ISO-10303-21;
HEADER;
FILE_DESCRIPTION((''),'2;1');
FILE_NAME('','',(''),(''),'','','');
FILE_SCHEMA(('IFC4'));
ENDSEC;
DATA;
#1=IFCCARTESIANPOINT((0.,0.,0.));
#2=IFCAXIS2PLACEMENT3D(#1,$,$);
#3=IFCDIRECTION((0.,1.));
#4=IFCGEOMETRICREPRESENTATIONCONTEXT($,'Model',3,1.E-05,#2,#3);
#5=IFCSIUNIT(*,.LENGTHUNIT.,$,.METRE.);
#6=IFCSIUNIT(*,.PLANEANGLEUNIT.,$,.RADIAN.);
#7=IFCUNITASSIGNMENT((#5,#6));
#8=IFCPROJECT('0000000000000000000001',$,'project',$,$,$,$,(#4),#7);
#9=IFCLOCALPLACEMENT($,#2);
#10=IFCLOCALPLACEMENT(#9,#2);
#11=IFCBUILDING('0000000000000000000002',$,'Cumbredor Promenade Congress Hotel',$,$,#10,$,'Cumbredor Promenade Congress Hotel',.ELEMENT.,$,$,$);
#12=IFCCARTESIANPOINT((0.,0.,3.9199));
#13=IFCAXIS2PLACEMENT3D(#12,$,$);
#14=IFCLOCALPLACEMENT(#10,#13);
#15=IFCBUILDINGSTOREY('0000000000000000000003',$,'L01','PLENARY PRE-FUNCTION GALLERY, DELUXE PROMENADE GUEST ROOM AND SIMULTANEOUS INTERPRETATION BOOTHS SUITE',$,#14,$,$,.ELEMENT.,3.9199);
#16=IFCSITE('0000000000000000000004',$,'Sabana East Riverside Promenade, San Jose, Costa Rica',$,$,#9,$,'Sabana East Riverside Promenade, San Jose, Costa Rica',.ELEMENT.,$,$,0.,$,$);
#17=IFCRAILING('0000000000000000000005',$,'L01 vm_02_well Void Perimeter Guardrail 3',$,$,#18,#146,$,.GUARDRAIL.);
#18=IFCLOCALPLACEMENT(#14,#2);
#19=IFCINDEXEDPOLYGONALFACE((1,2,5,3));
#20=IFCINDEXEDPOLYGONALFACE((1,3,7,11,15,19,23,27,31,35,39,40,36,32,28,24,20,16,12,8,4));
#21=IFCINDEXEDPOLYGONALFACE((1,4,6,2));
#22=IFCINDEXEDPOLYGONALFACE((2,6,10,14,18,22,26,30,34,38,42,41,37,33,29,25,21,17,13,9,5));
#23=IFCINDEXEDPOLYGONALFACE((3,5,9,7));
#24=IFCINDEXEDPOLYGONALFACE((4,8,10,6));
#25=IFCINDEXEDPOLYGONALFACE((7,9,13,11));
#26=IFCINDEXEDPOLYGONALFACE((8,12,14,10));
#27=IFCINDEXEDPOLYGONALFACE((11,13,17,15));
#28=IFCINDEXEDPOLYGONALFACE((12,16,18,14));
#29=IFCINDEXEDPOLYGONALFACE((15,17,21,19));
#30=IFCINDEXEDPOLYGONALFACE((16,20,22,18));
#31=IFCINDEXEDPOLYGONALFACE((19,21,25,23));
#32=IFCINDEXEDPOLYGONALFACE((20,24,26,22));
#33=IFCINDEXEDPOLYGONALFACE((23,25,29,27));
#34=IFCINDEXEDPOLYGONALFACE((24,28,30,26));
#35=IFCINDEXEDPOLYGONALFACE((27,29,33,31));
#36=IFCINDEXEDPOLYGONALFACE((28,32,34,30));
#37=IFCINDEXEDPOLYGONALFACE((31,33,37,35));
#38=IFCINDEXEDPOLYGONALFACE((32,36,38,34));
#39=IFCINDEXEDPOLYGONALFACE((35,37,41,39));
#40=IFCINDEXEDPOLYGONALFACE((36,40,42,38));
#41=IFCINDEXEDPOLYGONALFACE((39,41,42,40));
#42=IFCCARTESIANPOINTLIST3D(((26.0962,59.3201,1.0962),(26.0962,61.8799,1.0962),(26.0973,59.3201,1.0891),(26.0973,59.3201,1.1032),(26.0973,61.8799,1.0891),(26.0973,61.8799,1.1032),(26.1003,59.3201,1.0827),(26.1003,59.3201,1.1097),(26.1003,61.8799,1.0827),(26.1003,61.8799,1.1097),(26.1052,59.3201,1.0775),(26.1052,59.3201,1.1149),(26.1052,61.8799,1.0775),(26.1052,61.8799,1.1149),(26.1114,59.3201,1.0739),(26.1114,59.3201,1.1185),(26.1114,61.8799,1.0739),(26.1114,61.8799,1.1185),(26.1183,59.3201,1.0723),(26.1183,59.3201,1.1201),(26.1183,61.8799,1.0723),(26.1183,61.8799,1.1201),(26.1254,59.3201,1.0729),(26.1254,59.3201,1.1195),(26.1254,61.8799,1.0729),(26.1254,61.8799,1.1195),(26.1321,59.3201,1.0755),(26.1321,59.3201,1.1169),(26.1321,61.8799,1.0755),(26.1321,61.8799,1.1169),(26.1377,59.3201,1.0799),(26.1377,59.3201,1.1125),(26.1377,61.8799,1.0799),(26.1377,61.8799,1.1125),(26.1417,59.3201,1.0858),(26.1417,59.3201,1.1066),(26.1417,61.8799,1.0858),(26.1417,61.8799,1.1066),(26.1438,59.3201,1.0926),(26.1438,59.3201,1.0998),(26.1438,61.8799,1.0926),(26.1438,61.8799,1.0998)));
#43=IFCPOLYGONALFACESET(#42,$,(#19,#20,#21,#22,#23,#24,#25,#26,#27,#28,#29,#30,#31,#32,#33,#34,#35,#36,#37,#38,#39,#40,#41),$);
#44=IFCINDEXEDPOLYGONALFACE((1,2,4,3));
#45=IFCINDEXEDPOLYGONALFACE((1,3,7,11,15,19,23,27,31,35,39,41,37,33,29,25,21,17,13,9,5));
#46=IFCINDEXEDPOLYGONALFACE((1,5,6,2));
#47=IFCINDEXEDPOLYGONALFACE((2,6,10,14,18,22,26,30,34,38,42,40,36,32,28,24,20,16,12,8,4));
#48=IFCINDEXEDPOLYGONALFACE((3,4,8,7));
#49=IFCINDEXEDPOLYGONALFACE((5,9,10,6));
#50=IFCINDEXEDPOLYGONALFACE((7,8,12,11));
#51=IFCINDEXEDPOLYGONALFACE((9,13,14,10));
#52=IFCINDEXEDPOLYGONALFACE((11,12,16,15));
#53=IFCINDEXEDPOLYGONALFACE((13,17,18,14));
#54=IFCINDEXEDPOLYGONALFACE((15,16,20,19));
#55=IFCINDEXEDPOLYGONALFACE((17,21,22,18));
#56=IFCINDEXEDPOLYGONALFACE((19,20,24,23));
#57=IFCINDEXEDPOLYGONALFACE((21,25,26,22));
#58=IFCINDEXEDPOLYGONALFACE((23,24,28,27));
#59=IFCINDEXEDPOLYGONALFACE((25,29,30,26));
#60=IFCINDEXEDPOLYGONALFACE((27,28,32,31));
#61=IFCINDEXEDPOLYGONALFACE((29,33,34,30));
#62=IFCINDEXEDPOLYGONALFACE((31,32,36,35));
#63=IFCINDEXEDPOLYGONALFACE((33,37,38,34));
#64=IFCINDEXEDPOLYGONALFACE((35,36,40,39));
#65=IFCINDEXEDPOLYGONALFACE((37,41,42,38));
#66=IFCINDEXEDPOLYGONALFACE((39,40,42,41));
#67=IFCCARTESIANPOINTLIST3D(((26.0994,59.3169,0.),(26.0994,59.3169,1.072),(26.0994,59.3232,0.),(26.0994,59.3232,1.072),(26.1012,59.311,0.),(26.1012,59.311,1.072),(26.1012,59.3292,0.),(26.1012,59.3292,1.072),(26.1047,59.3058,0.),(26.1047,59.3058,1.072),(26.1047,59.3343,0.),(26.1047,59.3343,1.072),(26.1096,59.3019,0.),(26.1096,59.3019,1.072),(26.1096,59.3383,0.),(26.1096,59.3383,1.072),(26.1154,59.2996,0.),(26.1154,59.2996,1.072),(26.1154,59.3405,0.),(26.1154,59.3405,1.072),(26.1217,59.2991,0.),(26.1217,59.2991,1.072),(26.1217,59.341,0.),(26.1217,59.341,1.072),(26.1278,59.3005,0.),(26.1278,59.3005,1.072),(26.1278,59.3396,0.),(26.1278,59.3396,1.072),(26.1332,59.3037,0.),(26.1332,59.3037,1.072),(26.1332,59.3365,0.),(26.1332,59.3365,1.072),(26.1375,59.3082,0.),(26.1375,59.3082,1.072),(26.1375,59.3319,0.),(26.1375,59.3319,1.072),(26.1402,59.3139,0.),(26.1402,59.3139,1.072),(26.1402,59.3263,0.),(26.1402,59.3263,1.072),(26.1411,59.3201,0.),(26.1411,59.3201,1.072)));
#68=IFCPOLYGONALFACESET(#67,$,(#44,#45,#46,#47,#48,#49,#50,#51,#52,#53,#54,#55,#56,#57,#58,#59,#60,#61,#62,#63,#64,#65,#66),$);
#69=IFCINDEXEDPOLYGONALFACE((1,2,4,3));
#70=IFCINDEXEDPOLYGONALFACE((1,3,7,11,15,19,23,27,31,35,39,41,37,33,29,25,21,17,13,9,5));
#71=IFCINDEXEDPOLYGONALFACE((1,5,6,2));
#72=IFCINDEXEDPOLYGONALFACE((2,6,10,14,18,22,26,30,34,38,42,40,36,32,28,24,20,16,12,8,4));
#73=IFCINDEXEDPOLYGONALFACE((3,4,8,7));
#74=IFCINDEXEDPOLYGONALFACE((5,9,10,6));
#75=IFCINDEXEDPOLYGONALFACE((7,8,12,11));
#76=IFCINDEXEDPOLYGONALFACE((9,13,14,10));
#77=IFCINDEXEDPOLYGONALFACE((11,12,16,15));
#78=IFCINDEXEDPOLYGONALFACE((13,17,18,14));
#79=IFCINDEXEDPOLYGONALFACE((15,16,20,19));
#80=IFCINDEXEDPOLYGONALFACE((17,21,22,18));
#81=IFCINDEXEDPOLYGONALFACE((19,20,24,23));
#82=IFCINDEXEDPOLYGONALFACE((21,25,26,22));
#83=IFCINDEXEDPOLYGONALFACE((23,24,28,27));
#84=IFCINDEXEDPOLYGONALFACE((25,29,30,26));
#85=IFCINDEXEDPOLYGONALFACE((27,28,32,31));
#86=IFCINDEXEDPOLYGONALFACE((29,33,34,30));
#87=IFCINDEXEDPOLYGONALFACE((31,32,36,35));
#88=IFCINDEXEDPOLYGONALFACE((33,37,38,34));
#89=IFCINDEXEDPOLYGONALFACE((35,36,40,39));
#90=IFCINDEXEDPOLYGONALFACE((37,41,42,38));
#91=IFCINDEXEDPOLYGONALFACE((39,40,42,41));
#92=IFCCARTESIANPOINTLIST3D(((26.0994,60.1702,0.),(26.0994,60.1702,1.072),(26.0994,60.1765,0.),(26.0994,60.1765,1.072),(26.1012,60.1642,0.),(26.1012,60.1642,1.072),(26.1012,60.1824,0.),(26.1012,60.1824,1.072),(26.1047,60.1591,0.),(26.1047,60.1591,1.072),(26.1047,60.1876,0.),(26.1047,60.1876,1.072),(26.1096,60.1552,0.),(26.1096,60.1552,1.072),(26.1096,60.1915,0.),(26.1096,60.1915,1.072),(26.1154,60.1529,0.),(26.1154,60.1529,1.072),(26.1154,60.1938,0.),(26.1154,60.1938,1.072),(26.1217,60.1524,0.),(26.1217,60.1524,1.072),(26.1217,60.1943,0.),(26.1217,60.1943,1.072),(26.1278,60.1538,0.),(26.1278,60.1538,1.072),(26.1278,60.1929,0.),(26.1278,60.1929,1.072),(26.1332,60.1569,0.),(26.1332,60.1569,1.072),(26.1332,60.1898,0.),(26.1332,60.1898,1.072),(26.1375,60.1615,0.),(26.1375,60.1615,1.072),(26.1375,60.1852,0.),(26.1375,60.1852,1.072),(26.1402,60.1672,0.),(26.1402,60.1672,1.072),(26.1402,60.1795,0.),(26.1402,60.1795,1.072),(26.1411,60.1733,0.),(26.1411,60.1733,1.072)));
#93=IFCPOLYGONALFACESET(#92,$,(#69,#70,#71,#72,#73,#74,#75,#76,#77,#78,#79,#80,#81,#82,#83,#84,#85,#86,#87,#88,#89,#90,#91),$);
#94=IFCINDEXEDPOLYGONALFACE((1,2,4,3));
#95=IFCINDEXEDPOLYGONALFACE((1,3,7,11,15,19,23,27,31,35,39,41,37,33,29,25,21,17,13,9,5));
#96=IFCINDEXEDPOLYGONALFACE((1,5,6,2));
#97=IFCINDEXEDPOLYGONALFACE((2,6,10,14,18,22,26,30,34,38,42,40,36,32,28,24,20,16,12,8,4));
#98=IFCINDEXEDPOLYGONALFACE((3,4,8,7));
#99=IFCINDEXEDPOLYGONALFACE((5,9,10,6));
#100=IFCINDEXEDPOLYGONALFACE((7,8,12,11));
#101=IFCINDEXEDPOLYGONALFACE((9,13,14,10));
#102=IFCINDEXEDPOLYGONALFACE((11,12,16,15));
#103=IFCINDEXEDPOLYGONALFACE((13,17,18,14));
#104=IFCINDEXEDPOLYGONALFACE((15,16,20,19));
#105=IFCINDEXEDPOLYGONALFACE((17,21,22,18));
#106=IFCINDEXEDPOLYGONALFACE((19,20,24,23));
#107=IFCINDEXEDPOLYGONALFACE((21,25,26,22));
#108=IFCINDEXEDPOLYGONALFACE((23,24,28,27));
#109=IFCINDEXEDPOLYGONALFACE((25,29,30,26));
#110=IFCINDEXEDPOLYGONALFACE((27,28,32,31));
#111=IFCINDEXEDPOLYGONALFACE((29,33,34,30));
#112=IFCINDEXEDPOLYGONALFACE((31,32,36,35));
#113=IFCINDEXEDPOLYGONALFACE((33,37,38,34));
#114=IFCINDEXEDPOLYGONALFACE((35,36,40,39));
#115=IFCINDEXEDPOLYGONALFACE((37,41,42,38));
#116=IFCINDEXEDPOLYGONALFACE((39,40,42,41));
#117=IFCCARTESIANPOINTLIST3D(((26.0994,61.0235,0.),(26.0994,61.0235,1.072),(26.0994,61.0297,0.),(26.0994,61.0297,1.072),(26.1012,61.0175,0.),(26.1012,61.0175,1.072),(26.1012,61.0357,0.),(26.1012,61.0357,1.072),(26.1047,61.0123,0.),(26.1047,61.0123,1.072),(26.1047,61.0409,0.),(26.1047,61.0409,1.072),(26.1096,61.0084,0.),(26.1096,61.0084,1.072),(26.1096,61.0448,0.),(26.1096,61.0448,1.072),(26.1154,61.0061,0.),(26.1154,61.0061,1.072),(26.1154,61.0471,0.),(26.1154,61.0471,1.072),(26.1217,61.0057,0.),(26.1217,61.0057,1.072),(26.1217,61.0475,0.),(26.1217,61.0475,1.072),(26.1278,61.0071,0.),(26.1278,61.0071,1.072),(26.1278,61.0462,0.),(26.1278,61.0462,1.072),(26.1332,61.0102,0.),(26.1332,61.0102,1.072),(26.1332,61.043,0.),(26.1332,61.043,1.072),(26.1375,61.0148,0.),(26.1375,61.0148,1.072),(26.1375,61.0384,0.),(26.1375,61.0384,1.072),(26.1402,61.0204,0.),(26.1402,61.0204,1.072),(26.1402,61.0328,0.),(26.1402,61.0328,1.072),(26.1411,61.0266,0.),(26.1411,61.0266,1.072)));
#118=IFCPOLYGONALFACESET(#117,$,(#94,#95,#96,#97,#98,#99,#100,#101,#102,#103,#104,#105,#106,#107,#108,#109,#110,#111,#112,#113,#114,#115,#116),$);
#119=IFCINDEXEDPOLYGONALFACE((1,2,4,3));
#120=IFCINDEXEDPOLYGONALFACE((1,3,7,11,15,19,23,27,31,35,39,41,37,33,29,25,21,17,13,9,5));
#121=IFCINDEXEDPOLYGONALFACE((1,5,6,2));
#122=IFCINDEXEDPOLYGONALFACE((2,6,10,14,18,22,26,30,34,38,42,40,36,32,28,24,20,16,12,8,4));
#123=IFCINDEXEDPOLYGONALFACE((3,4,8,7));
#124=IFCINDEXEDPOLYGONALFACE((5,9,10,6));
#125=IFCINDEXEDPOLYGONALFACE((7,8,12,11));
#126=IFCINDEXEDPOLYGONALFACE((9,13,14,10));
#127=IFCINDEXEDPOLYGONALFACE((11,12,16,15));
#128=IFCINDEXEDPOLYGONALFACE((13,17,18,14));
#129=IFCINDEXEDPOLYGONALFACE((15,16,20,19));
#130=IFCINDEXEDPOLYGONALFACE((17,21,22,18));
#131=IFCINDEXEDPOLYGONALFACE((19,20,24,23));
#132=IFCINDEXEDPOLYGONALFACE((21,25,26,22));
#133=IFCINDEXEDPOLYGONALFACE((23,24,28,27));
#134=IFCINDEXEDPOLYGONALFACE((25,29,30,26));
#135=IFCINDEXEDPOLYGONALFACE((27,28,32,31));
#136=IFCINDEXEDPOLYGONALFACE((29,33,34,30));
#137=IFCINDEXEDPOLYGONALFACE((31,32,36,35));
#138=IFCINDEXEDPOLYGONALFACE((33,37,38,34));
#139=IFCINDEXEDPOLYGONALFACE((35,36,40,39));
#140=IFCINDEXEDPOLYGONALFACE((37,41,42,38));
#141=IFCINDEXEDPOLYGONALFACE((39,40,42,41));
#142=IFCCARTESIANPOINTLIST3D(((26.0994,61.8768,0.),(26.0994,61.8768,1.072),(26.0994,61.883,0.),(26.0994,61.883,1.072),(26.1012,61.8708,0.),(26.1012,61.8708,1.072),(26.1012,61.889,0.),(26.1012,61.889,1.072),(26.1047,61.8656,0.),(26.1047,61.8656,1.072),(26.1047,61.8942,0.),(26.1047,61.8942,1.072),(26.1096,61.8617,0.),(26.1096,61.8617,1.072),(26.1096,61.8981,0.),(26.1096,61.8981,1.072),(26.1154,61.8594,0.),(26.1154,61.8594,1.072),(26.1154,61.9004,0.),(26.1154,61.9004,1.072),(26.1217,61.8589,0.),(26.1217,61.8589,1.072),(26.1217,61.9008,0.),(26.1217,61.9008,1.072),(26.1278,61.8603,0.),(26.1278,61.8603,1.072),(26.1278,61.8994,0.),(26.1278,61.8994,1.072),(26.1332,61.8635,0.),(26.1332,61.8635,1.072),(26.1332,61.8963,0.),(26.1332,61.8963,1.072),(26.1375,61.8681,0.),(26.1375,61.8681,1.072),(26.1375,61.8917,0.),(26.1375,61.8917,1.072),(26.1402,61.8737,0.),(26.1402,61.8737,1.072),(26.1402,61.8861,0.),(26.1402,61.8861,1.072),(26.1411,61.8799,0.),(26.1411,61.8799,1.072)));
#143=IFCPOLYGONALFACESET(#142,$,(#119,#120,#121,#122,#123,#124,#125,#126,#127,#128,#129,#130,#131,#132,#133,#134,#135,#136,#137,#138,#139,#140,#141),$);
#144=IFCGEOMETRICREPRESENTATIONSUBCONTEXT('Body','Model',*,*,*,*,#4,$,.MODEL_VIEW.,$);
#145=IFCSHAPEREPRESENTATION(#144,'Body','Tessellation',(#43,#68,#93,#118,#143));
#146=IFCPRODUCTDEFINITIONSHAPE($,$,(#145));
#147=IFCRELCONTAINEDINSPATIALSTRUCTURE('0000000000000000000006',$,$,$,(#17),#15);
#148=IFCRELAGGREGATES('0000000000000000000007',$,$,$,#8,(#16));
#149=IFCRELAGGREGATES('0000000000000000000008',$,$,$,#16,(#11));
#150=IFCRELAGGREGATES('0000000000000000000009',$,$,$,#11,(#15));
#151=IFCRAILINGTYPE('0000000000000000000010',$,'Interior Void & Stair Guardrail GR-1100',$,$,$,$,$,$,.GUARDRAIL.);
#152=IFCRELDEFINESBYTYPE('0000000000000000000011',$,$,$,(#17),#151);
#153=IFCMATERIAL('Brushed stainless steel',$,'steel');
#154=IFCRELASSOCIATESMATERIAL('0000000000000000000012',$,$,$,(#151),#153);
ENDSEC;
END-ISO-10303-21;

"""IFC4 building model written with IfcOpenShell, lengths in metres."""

from ifc_helpers import new_model, si_unit, direction, frame, origin, origin_2d, place, context, subcontext, project, spatial, circle, extrude, material, type_object, element, save


model = new_model("IFC4")

# Units and contexts
model_context = context("Model", 3, precision=1e-05, world=origin(), true_north=direction((0.0, 1.0)))
body_context = subcontext(model_context, "Body", "Model", "MODEL_VIEW")
ifc_project = project(units=[si_unit("LENGTHUNIT", "METRE"), si_unit("PLANEANGLEUNIT", "RADIAN")], contexts=[model_context])

# Site, building, storey
site_placement = place(None, origin())
site = spatial("IfcSite", under=ifc_project, at=site_placement, Name="Sabana East Riverside Promenade, San Jose, Costa Rica", LongName="Sabana East Riverside Promenade, San Jose, Costa Rica", CompositionType="ELEMENT", RefElevation=0.0)
building_placement = place(site_placement, origin())
building = spatial("IfcBuilding", under=site, at=building_placement, Name="Cumbredor Promenade Congress Hotel", LongName="Cumbredor Promenade Congress Hotel", CompositionType="ELEMENT")
storey_placement = place(building_placement, frame((0.0, 0.0, 3.9199)))
storey = spatial("IfcBuildingStorey", under=building, at=storey_placement, Name="L01", Description="PLENARY PRE-FUNCTION GALLERY, DELUXE PROMENADE GUEST ROOM AND SIMULTANEOUS INTERPRETATION BOOTHS SUITE", CompositionType="ELEMENT", Elevation=3.9199)

# Shared definitions
ifc_material_1 = material(Name="Brushed stainless steel", Category="steel")

# Railing
railing_type = type_object("IfcRailingType", Name="Interior Void & Stair Guardrail GR-1100", PredefinedType="GUARDRAIL", material=ifc_material_1)
railing_1_placement = place(storey_placement, frame((26.1201, 59.3201, 0.0)))
element("IfcRailing", 1, at=railing_1_placement, inside=storey, type_object=railing_type, Name="L01 vm_02_well Void Perimeter Guardrail 3", PredefinedType="GUARDRAIL", context=body_context, shape_type="SweptSolid", body=[
    extrude(circle(Radius=0.0239, at=origin_2d()), frame((0.0, 0.0, 1.0962), z_axis=(0.0, 1.0, 0.0), x_axis=(-1.0, 0.0, 0.0)), (0.0, 0.0, 1.0), 2.5598),
    extrude(circle(Radius=0.021, at=origin_2d()), origin(), (0.0, 0.0, 1.0), 1.072),
    extrude(circle(Radius=0.021, at=origin_2d()), frame((0.0, 0.8533, 0.0)), (0.0, 0.0, 1.0), 1.072),
    extrude(circle(Radius=0.021, at=origin_2d()), frame((0.0, 1.7065, 0.0)), (0.0, 0.0, 1.0), 1.072),
    extrude(circle(Radius=0.021, at=origin_2d()), frame((0.0, 2.5598, 0.0)), (0.0, 0.0, 1.0), 1.072),
])

save(model, "model.ifc")
